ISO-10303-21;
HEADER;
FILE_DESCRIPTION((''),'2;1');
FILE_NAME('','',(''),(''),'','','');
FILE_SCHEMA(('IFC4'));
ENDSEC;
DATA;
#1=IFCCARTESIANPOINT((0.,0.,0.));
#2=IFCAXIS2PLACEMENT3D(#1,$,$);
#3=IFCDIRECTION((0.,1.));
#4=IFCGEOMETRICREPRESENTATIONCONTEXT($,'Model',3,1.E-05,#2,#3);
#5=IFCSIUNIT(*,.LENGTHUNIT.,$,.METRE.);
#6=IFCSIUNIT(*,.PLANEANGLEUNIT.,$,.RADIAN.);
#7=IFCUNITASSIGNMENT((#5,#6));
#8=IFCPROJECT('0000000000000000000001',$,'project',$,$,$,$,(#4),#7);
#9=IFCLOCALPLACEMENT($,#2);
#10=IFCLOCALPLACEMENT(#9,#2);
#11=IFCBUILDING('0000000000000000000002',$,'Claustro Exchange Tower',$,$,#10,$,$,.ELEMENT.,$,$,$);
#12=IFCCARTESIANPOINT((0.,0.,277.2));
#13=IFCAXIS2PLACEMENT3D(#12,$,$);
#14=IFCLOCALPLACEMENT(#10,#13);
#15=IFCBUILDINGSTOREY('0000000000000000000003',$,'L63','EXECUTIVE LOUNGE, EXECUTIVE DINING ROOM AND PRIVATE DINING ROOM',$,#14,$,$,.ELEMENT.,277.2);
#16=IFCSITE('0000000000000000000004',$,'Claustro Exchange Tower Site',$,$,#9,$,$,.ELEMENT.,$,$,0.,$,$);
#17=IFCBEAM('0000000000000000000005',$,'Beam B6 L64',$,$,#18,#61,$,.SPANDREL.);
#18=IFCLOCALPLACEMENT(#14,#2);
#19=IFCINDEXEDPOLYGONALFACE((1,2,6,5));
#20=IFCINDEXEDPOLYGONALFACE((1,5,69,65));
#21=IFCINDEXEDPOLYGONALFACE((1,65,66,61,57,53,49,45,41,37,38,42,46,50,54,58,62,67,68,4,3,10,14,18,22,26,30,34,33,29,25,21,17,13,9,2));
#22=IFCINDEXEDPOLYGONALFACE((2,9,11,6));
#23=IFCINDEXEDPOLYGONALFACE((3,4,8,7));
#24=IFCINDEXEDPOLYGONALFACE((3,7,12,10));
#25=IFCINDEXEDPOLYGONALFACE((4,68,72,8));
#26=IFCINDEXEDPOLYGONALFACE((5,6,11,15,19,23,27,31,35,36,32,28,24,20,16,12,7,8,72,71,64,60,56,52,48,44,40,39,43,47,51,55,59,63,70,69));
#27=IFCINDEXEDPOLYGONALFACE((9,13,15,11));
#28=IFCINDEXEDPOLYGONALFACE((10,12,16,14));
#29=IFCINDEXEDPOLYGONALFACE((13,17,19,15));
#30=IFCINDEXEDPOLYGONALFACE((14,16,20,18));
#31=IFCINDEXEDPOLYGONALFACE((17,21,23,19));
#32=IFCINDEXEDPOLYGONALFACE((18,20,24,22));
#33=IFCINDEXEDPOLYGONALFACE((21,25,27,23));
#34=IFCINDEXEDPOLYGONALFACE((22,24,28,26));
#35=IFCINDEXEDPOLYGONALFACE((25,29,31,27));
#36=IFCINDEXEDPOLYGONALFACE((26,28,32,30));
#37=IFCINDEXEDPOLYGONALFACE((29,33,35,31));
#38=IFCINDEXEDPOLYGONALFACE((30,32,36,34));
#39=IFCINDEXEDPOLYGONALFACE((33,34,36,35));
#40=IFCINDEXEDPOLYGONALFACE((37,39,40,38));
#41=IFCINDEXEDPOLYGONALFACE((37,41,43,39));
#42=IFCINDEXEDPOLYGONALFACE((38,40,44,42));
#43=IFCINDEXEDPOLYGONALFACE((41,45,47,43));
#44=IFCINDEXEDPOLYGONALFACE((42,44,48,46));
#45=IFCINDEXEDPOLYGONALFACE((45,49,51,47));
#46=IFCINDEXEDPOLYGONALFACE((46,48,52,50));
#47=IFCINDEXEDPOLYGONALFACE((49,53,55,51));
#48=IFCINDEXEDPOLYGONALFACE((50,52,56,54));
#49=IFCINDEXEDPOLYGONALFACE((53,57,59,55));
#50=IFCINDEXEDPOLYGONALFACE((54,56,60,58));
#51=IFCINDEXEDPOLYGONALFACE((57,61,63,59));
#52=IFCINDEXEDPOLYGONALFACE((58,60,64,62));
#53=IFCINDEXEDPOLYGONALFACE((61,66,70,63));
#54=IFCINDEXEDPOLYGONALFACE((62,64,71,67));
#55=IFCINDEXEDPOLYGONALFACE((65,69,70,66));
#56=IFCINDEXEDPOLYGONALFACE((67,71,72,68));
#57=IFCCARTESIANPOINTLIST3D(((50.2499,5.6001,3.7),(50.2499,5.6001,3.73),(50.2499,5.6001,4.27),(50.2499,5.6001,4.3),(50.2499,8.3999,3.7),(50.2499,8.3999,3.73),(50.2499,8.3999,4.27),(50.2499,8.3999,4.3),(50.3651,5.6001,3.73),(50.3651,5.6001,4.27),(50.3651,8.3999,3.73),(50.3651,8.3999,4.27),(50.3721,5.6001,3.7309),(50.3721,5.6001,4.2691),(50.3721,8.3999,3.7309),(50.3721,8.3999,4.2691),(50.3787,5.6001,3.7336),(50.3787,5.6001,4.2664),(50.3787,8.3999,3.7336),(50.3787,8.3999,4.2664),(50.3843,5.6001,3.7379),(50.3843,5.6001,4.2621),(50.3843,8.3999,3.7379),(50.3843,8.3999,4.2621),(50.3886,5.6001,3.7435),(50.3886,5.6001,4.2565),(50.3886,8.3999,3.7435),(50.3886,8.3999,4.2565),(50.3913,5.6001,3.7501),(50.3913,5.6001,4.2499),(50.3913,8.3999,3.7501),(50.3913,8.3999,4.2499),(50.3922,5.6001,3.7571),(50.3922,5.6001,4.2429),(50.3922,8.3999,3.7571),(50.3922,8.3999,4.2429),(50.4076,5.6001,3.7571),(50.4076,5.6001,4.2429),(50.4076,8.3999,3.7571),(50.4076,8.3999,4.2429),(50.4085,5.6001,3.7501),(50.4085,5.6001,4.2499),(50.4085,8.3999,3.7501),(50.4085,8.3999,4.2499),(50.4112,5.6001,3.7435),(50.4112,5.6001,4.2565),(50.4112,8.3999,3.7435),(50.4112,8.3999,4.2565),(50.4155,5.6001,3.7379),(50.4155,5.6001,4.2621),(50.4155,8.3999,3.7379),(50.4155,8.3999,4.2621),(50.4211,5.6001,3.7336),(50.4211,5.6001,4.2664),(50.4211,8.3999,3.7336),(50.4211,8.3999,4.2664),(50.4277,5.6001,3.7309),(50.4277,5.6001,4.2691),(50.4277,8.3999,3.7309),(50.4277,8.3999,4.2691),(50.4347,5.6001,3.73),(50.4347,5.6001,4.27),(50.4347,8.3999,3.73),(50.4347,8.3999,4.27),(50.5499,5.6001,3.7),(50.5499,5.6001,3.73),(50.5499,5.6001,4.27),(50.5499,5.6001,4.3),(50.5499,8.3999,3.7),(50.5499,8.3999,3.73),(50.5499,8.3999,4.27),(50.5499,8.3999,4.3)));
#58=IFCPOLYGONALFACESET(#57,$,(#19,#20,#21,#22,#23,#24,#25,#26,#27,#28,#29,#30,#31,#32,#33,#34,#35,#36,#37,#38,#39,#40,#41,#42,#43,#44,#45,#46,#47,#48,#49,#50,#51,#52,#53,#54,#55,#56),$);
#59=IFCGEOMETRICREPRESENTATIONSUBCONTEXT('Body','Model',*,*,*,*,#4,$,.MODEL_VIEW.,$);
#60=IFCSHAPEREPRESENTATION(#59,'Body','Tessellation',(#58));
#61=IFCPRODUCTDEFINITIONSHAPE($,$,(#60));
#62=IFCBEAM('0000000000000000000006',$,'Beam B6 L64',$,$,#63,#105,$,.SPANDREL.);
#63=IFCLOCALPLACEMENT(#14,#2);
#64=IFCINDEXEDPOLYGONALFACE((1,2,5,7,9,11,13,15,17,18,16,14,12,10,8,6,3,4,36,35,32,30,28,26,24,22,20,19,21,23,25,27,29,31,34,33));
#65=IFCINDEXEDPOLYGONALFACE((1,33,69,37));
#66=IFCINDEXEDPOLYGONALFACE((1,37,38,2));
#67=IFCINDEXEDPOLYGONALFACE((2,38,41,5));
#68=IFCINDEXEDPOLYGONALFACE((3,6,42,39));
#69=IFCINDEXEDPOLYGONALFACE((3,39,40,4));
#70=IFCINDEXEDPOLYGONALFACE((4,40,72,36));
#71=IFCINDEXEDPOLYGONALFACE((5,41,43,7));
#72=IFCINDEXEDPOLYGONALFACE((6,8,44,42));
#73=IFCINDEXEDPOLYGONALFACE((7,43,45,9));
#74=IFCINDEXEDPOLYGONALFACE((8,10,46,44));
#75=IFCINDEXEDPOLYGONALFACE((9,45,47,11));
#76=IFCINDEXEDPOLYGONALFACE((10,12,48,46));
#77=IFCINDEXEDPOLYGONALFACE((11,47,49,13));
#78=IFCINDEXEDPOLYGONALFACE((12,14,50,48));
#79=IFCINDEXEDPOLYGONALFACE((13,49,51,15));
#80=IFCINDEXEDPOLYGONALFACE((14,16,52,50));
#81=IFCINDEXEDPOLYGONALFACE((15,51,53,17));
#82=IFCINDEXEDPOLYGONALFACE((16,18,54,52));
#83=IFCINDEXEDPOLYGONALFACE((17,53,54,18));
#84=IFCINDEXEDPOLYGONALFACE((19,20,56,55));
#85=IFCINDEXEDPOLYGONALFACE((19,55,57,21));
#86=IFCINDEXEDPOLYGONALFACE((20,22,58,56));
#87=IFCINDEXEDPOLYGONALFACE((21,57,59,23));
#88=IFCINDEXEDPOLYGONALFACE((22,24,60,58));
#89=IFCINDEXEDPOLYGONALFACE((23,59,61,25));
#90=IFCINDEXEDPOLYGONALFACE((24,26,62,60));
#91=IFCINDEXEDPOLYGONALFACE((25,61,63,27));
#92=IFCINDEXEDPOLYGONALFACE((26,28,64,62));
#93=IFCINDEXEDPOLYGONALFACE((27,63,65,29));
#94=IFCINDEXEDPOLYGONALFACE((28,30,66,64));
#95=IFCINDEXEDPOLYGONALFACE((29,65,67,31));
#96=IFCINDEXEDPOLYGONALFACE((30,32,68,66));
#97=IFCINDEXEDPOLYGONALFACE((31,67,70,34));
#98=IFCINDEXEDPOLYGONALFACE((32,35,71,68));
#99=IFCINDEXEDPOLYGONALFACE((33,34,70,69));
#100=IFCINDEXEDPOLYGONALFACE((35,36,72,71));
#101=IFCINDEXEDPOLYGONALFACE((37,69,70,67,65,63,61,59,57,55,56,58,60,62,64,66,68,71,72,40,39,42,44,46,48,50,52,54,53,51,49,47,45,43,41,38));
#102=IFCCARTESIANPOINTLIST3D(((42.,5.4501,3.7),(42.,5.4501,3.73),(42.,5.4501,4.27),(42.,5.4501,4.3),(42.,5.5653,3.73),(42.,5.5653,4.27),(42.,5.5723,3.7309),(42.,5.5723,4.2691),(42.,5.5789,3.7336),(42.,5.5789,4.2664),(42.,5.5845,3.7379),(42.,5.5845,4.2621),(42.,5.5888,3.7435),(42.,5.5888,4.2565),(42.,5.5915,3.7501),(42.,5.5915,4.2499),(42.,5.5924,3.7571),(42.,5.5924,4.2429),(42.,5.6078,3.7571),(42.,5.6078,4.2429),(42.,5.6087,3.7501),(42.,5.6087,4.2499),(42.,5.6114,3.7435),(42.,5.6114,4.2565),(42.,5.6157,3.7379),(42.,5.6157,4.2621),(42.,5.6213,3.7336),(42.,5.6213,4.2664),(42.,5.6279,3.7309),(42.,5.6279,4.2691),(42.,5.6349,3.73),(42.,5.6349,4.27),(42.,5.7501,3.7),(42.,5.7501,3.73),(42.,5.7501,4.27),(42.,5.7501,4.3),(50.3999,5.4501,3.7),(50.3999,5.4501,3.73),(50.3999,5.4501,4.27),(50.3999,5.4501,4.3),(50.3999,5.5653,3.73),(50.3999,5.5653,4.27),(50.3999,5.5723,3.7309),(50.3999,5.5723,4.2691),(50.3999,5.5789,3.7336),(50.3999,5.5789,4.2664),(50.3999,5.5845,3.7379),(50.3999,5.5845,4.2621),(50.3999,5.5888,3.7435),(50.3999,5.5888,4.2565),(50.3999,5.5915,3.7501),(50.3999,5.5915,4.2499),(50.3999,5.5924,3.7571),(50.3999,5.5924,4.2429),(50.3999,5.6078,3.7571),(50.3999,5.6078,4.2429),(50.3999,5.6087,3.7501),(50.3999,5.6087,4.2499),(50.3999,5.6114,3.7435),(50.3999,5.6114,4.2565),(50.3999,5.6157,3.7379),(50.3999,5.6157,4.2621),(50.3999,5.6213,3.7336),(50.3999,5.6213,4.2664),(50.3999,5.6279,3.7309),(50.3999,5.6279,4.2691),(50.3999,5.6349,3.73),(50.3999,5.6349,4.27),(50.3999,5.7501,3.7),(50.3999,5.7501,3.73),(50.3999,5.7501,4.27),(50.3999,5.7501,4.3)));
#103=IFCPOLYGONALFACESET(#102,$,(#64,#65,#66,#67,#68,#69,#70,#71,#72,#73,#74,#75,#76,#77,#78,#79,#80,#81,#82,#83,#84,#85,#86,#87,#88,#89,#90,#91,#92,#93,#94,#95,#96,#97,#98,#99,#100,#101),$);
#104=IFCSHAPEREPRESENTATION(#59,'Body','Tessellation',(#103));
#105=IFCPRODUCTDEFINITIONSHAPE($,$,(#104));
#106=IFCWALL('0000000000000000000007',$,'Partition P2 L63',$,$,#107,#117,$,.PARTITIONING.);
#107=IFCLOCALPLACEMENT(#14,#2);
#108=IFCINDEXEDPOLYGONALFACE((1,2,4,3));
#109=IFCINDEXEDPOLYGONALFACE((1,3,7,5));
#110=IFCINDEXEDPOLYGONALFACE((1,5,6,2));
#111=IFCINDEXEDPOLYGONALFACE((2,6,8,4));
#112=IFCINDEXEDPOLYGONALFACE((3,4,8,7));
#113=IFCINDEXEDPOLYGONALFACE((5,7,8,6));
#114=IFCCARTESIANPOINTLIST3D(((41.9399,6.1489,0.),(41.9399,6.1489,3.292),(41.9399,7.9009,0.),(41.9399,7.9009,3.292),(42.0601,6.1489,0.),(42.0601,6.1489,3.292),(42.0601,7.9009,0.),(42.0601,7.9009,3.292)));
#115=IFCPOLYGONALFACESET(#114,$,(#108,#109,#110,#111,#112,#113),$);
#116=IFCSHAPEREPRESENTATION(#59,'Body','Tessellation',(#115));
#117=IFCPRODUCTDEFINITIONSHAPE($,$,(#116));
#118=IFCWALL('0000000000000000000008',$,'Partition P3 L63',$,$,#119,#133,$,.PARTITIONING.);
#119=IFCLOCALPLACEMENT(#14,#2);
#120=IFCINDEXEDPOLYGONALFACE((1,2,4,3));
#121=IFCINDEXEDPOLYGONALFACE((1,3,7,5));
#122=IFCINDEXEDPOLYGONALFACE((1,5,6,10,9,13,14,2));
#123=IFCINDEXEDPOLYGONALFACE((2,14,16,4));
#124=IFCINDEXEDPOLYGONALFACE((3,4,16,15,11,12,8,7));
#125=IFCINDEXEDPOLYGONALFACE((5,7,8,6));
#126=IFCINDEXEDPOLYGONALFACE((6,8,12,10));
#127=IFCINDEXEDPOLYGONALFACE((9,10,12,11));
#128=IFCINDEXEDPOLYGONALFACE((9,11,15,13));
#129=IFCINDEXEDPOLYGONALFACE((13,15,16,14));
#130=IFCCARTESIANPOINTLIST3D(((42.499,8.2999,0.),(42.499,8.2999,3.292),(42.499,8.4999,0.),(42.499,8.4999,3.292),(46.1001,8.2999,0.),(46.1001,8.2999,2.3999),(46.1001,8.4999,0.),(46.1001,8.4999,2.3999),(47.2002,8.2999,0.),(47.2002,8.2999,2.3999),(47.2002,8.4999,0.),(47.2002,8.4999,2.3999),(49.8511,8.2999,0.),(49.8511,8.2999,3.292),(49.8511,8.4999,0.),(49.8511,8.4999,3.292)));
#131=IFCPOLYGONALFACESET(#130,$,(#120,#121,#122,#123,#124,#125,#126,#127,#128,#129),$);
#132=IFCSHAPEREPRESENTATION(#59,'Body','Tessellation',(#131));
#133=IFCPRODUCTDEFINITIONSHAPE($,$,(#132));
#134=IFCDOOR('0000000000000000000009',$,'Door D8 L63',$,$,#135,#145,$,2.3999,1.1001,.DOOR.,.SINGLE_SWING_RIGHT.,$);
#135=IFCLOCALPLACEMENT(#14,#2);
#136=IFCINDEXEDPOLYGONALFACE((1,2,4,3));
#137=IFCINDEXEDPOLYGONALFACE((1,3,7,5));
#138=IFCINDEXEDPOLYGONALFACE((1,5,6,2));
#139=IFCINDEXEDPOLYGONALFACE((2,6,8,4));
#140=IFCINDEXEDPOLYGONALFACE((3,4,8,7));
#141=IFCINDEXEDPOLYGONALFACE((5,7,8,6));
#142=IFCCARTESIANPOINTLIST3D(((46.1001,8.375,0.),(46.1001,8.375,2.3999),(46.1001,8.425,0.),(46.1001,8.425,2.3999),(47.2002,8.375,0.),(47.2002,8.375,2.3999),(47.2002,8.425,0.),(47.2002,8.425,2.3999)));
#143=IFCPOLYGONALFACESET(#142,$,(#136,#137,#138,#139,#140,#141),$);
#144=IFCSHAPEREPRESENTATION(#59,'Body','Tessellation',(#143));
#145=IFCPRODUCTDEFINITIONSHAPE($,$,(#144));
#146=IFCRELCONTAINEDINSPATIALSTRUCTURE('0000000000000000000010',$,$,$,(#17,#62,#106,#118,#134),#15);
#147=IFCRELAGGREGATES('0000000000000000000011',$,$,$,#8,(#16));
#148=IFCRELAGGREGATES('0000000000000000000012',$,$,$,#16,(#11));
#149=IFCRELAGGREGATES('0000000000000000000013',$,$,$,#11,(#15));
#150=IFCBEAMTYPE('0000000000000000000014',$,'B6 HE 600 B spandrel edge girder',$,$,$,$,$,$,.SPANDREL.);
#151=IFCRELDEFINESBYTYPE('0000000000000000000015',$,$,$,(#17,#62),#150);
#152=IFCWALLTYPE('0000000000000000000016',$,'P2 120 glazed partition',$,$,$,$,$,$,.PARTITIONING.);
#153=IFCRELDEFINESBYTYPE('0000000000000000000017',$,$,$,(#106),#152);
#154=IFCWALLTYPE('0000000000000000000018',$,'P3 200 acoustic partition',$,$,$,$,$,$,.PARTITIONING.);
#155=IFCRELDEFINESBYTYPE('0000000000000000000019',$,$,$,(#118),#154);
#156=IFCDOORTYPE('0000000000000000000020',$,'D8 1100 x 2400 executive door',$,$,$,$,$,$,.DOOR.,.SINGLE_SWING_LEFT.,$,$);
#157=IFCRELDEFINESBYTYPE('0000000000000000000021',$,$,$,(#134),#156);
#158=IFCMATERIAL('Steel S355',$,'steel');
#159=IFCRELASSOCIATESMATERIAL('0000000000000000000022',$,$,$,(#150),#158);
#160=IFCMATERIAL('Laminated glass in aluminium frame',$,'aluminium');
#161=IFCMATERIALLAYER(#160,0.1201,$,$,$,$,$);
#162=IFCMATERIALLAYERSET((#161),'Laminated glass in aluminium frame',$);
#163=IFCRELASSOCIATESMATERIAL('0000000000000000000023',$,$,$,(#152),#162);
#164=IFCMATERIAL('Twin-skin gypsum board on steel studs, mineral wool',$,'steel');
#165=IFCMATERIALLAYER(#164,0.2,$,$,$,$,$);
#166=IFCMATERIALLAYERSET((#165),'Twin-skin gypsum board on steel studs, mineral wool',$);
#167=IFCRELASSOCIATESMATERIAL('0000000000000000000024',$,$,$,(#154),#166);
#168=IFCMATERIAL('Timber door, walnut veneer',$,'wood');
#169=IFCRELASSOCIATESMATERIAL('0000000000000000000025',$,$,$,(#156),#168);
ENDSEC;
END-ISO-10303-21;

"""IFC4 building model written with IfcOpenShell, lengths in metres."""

from ifc_helpers import new_model, si_unit, direction, frame, frame_2d, origin, origin_2d, place, context, subcontext, project, spatial, rectangle, i_section, extrude, material, layer, layer_set, material_profile, profile_set, type_object, element, fill, save


model = new_model("IFC4")

# Units and contexts
model_context = context("Model", 3, precision=1e-05, world=origin(), true_north=direction((0.0, 1.0)))
body_context = subcontext(model_context, "Body", "Model", "MODEL_VIEW")
ifc_project = project(units=[si_unit("LENGTHUNIT", "METRE"), si_unit("PLANEANGLEUNIT", "RADIAN")], contexts=[model_context])

# Site, building, storey
site_placement = place(None, origin())
site = spatial("IfcSite", under=ifc_project, at=site_placement, Name="Claustro Exchange Tower Site", CompositionType="ELEMENT", RefElevation=0.0)
building_placement = place(site_placement, origin())
building = spatial("IfcBuilding", under=site, at=building_placement, Name="Claustro Exchange Tower", CompositionType="ELEMENT")
storey_placement = place(building_placement, frame((0.0, 0.0, 277.2)))
storey = spatial("IfcBuildingStorey", under=building, at=storey_placement, Name="L63", Description="EXECUTIVE LOUNGE, EXECUTIVE DINING ROOM AND PRIVATE DINING ROOM", CompositionType="ELEMENT", Elevation=277.2)

# Beams
ifc_material_1 = material(Name="Steel S355", Category="steel")
ifc_material_profile_1 = material_profile(ifc_material_1, i_section(OverallWidth=0.3, OverallDepth=0.6001, WebThickness=0.0154, FlangeThickness=0.03, FilletRadius=0.0271, at=origin_2d()), Name="HE 600 B")
ifc_profile_set_1 = profile_set([ifc_material_profile_1], Name="Steel S355")
beam_type_1 = type_object("IfcBeamType", Name="B6 HE 600 B spandrel edge girder", PredefinedType="SPANDREL", material=ifc_profile_set_1)
beam_1_placement = place(storey_placement, frame((50.3999, 5.6001, 4.0), z_axis=(0.0, 1.0, 0.0), x_axis=(-1.0, 0.0, 0.0)))
element("IfcBeam", 1, at=beam_1_placement, inside=storey, type_object=beam_type_1, Name="Beam B6 L64", PredefinedType="SPANDREL", context=body_context, shape_type="SweptSolid", body=[
    extrude(i_section(OverallWidth=0.3, OverallDepth=0.6001, WebThickness=0.0154, FlangeThickness=0.03, FilletRadius=0.0271, at=origin_2d()), origin(), (0.0, 0.0, 1.0), 2.7998),
])
beam_2_placement = place(storey_placement, frame((42.0, 5.6001, 4.0), z_axis=(1.0, 0.0, 0.0), x_axis=(0.0, 1.0, 0.0)))
element("IfcBeam", 2, at=beam_2_placement, inside=storey, type_object=beam_type_1, Name="Beam B6 L64", PredefinedType="SPANDREL", context=body_context, shape_type="SweptSolid", body=[
    extrude(i_section(OverallWidth=0.3, OverallDepth=0.6001, WebThickness=0.0154, FlangeThickness=0.03, FilletRadius=0.0271, at=origin_2d()), origin(), (0.0, 0.0, 1.0), 8.3999),
])

# Wall
ifc_material_2 = material(Name="Laminated glass in aluminium frame", Category="aluminium")
ifc_layer_1 = layer(ifc_material_2, 0.1201)
ifc_layer_set_1 = layer_set([ifc_layer_1], Name="Laminated glass in aluminium frame")
wall_type_1 = type_object("IfcWallType", Name="P2 120 glazed partition", PredefinedType="PARTITIONING", material=ifc_layer_set_1)
wall_1_placement = place(storey_placement, frame((42.0, 6.1489, 0.0), z_axis=(0.0, 0.0, 1.0), x_axis=(0.0, 1.0, 0.0)))
element("IfcWall", 3, at=wall_1_placement, inside=storey, type_object=wall_type_1, Name="Partition P2 L63", PredefinedType="PARTITIONING", context=body_context, shape_type="SweptSolid", body=[
    extrude(rectangle(XDim=1.752, YDim=0.1201, at=frame_2d((0.876, 0.0))), origin(), (0.0, 0.0, 1.0), 3.292),
])

# Wall, opening, door
ifc_material_3 = material(Name="Twin-skin gypsum board on steel studs, mineral wool", Category="steel")
ifc_layer_2 = layer(ifc_material_3, 0.2)
ifc_layer_set_2 = layer_set([ifc_layer_2], Name="Twin-skin gypsum board on steel studs, mineral wool")
wall_type_2 = type_object("IfcWallType", Name="P3 200 acoustic partition", PredefinedType="PARTITIONING", material=ifc_layer_set_2)
wall_2_placement = place(storey_placement, frame((42.499, 8.3999, 0.0), z_axis=(0.0, 0.0, 1.0), x_axis=(1.0, 0.0, 0.0)))
wall_2 = element("IfcWall", 4, at=wall_2_placement, inside=storey, type_object=wall_type_2, Name="Partition P3 L63", PredefinedType="PARTITIONING", context=body_context, shape_type="SweptSolid", body=[
    extrude(rectangle(XDim=7.3521, YDim=0.2, at=frame_2d((3.676, 0.0))), origin(), (0.0, 0.0, 1.0), 3.292),
])
opening_1_placement = place(wall_2_placement, frame((3.6011, 0.0, 0.0)))
opening_1 = element("IfcOpeningElement", 5, at=opening_1_placement, cuts=wall_2, PredefinedType="OPENING", context=body_context, shape_type="SweptSolid", body=[
    extrude(rectangle(XDim=1.1001, YDim=2.3999, at=frame_2d((0.55, 1.2))), frame((0.0, 0.1099, 0.0), z_axis=(0.0, -1.0, 0.0), x_axis=(1.0, 0.0, 0.0)), (0.0, 0.0, 1.0), 0.22),
])
ifc_material_4 = material(Name="Timber door, walnut veneer", Category="wood")
door_type = type_object("IfcDoorType", Name="D8 1100 x 2400 executive door", OperationType="SINGLE_SWING_LEFT", PredefinedType="DOOR", material=ifc_material_4)
door_placement = place(opening_1_placement, frame((1.1001, 0.0, 0.0), z_axis=(0.0, 0.0, 1.0), x_axis=(-1.0, 0.0, 0.0)))
door = element("IfcDoor", 6, at=door_placement, inside=storey, type_object=door_type, Name="Door D8 L63", OperationType="SINGLE_SWING_RIGHT", OverallHeight=2.3999, OverallWidth=1.1001, PredefinedType="DOOR", context=body_context, shape_type="SweptSolid", body=[
    extrude(rectangle(XDim=1.1001, YDim=2.3999, at=frame_2d((0.55, 1.2))), frame((0.0, 0.0249, 0.0), z_axis=(0.0, -1.0, 0.0), x_axis=(1.0, 0.0, 0.0)), (0.0, 0.0, 1.0), 0.05),
])
fill(opening_1, door)

save(model, "model.ifc")
